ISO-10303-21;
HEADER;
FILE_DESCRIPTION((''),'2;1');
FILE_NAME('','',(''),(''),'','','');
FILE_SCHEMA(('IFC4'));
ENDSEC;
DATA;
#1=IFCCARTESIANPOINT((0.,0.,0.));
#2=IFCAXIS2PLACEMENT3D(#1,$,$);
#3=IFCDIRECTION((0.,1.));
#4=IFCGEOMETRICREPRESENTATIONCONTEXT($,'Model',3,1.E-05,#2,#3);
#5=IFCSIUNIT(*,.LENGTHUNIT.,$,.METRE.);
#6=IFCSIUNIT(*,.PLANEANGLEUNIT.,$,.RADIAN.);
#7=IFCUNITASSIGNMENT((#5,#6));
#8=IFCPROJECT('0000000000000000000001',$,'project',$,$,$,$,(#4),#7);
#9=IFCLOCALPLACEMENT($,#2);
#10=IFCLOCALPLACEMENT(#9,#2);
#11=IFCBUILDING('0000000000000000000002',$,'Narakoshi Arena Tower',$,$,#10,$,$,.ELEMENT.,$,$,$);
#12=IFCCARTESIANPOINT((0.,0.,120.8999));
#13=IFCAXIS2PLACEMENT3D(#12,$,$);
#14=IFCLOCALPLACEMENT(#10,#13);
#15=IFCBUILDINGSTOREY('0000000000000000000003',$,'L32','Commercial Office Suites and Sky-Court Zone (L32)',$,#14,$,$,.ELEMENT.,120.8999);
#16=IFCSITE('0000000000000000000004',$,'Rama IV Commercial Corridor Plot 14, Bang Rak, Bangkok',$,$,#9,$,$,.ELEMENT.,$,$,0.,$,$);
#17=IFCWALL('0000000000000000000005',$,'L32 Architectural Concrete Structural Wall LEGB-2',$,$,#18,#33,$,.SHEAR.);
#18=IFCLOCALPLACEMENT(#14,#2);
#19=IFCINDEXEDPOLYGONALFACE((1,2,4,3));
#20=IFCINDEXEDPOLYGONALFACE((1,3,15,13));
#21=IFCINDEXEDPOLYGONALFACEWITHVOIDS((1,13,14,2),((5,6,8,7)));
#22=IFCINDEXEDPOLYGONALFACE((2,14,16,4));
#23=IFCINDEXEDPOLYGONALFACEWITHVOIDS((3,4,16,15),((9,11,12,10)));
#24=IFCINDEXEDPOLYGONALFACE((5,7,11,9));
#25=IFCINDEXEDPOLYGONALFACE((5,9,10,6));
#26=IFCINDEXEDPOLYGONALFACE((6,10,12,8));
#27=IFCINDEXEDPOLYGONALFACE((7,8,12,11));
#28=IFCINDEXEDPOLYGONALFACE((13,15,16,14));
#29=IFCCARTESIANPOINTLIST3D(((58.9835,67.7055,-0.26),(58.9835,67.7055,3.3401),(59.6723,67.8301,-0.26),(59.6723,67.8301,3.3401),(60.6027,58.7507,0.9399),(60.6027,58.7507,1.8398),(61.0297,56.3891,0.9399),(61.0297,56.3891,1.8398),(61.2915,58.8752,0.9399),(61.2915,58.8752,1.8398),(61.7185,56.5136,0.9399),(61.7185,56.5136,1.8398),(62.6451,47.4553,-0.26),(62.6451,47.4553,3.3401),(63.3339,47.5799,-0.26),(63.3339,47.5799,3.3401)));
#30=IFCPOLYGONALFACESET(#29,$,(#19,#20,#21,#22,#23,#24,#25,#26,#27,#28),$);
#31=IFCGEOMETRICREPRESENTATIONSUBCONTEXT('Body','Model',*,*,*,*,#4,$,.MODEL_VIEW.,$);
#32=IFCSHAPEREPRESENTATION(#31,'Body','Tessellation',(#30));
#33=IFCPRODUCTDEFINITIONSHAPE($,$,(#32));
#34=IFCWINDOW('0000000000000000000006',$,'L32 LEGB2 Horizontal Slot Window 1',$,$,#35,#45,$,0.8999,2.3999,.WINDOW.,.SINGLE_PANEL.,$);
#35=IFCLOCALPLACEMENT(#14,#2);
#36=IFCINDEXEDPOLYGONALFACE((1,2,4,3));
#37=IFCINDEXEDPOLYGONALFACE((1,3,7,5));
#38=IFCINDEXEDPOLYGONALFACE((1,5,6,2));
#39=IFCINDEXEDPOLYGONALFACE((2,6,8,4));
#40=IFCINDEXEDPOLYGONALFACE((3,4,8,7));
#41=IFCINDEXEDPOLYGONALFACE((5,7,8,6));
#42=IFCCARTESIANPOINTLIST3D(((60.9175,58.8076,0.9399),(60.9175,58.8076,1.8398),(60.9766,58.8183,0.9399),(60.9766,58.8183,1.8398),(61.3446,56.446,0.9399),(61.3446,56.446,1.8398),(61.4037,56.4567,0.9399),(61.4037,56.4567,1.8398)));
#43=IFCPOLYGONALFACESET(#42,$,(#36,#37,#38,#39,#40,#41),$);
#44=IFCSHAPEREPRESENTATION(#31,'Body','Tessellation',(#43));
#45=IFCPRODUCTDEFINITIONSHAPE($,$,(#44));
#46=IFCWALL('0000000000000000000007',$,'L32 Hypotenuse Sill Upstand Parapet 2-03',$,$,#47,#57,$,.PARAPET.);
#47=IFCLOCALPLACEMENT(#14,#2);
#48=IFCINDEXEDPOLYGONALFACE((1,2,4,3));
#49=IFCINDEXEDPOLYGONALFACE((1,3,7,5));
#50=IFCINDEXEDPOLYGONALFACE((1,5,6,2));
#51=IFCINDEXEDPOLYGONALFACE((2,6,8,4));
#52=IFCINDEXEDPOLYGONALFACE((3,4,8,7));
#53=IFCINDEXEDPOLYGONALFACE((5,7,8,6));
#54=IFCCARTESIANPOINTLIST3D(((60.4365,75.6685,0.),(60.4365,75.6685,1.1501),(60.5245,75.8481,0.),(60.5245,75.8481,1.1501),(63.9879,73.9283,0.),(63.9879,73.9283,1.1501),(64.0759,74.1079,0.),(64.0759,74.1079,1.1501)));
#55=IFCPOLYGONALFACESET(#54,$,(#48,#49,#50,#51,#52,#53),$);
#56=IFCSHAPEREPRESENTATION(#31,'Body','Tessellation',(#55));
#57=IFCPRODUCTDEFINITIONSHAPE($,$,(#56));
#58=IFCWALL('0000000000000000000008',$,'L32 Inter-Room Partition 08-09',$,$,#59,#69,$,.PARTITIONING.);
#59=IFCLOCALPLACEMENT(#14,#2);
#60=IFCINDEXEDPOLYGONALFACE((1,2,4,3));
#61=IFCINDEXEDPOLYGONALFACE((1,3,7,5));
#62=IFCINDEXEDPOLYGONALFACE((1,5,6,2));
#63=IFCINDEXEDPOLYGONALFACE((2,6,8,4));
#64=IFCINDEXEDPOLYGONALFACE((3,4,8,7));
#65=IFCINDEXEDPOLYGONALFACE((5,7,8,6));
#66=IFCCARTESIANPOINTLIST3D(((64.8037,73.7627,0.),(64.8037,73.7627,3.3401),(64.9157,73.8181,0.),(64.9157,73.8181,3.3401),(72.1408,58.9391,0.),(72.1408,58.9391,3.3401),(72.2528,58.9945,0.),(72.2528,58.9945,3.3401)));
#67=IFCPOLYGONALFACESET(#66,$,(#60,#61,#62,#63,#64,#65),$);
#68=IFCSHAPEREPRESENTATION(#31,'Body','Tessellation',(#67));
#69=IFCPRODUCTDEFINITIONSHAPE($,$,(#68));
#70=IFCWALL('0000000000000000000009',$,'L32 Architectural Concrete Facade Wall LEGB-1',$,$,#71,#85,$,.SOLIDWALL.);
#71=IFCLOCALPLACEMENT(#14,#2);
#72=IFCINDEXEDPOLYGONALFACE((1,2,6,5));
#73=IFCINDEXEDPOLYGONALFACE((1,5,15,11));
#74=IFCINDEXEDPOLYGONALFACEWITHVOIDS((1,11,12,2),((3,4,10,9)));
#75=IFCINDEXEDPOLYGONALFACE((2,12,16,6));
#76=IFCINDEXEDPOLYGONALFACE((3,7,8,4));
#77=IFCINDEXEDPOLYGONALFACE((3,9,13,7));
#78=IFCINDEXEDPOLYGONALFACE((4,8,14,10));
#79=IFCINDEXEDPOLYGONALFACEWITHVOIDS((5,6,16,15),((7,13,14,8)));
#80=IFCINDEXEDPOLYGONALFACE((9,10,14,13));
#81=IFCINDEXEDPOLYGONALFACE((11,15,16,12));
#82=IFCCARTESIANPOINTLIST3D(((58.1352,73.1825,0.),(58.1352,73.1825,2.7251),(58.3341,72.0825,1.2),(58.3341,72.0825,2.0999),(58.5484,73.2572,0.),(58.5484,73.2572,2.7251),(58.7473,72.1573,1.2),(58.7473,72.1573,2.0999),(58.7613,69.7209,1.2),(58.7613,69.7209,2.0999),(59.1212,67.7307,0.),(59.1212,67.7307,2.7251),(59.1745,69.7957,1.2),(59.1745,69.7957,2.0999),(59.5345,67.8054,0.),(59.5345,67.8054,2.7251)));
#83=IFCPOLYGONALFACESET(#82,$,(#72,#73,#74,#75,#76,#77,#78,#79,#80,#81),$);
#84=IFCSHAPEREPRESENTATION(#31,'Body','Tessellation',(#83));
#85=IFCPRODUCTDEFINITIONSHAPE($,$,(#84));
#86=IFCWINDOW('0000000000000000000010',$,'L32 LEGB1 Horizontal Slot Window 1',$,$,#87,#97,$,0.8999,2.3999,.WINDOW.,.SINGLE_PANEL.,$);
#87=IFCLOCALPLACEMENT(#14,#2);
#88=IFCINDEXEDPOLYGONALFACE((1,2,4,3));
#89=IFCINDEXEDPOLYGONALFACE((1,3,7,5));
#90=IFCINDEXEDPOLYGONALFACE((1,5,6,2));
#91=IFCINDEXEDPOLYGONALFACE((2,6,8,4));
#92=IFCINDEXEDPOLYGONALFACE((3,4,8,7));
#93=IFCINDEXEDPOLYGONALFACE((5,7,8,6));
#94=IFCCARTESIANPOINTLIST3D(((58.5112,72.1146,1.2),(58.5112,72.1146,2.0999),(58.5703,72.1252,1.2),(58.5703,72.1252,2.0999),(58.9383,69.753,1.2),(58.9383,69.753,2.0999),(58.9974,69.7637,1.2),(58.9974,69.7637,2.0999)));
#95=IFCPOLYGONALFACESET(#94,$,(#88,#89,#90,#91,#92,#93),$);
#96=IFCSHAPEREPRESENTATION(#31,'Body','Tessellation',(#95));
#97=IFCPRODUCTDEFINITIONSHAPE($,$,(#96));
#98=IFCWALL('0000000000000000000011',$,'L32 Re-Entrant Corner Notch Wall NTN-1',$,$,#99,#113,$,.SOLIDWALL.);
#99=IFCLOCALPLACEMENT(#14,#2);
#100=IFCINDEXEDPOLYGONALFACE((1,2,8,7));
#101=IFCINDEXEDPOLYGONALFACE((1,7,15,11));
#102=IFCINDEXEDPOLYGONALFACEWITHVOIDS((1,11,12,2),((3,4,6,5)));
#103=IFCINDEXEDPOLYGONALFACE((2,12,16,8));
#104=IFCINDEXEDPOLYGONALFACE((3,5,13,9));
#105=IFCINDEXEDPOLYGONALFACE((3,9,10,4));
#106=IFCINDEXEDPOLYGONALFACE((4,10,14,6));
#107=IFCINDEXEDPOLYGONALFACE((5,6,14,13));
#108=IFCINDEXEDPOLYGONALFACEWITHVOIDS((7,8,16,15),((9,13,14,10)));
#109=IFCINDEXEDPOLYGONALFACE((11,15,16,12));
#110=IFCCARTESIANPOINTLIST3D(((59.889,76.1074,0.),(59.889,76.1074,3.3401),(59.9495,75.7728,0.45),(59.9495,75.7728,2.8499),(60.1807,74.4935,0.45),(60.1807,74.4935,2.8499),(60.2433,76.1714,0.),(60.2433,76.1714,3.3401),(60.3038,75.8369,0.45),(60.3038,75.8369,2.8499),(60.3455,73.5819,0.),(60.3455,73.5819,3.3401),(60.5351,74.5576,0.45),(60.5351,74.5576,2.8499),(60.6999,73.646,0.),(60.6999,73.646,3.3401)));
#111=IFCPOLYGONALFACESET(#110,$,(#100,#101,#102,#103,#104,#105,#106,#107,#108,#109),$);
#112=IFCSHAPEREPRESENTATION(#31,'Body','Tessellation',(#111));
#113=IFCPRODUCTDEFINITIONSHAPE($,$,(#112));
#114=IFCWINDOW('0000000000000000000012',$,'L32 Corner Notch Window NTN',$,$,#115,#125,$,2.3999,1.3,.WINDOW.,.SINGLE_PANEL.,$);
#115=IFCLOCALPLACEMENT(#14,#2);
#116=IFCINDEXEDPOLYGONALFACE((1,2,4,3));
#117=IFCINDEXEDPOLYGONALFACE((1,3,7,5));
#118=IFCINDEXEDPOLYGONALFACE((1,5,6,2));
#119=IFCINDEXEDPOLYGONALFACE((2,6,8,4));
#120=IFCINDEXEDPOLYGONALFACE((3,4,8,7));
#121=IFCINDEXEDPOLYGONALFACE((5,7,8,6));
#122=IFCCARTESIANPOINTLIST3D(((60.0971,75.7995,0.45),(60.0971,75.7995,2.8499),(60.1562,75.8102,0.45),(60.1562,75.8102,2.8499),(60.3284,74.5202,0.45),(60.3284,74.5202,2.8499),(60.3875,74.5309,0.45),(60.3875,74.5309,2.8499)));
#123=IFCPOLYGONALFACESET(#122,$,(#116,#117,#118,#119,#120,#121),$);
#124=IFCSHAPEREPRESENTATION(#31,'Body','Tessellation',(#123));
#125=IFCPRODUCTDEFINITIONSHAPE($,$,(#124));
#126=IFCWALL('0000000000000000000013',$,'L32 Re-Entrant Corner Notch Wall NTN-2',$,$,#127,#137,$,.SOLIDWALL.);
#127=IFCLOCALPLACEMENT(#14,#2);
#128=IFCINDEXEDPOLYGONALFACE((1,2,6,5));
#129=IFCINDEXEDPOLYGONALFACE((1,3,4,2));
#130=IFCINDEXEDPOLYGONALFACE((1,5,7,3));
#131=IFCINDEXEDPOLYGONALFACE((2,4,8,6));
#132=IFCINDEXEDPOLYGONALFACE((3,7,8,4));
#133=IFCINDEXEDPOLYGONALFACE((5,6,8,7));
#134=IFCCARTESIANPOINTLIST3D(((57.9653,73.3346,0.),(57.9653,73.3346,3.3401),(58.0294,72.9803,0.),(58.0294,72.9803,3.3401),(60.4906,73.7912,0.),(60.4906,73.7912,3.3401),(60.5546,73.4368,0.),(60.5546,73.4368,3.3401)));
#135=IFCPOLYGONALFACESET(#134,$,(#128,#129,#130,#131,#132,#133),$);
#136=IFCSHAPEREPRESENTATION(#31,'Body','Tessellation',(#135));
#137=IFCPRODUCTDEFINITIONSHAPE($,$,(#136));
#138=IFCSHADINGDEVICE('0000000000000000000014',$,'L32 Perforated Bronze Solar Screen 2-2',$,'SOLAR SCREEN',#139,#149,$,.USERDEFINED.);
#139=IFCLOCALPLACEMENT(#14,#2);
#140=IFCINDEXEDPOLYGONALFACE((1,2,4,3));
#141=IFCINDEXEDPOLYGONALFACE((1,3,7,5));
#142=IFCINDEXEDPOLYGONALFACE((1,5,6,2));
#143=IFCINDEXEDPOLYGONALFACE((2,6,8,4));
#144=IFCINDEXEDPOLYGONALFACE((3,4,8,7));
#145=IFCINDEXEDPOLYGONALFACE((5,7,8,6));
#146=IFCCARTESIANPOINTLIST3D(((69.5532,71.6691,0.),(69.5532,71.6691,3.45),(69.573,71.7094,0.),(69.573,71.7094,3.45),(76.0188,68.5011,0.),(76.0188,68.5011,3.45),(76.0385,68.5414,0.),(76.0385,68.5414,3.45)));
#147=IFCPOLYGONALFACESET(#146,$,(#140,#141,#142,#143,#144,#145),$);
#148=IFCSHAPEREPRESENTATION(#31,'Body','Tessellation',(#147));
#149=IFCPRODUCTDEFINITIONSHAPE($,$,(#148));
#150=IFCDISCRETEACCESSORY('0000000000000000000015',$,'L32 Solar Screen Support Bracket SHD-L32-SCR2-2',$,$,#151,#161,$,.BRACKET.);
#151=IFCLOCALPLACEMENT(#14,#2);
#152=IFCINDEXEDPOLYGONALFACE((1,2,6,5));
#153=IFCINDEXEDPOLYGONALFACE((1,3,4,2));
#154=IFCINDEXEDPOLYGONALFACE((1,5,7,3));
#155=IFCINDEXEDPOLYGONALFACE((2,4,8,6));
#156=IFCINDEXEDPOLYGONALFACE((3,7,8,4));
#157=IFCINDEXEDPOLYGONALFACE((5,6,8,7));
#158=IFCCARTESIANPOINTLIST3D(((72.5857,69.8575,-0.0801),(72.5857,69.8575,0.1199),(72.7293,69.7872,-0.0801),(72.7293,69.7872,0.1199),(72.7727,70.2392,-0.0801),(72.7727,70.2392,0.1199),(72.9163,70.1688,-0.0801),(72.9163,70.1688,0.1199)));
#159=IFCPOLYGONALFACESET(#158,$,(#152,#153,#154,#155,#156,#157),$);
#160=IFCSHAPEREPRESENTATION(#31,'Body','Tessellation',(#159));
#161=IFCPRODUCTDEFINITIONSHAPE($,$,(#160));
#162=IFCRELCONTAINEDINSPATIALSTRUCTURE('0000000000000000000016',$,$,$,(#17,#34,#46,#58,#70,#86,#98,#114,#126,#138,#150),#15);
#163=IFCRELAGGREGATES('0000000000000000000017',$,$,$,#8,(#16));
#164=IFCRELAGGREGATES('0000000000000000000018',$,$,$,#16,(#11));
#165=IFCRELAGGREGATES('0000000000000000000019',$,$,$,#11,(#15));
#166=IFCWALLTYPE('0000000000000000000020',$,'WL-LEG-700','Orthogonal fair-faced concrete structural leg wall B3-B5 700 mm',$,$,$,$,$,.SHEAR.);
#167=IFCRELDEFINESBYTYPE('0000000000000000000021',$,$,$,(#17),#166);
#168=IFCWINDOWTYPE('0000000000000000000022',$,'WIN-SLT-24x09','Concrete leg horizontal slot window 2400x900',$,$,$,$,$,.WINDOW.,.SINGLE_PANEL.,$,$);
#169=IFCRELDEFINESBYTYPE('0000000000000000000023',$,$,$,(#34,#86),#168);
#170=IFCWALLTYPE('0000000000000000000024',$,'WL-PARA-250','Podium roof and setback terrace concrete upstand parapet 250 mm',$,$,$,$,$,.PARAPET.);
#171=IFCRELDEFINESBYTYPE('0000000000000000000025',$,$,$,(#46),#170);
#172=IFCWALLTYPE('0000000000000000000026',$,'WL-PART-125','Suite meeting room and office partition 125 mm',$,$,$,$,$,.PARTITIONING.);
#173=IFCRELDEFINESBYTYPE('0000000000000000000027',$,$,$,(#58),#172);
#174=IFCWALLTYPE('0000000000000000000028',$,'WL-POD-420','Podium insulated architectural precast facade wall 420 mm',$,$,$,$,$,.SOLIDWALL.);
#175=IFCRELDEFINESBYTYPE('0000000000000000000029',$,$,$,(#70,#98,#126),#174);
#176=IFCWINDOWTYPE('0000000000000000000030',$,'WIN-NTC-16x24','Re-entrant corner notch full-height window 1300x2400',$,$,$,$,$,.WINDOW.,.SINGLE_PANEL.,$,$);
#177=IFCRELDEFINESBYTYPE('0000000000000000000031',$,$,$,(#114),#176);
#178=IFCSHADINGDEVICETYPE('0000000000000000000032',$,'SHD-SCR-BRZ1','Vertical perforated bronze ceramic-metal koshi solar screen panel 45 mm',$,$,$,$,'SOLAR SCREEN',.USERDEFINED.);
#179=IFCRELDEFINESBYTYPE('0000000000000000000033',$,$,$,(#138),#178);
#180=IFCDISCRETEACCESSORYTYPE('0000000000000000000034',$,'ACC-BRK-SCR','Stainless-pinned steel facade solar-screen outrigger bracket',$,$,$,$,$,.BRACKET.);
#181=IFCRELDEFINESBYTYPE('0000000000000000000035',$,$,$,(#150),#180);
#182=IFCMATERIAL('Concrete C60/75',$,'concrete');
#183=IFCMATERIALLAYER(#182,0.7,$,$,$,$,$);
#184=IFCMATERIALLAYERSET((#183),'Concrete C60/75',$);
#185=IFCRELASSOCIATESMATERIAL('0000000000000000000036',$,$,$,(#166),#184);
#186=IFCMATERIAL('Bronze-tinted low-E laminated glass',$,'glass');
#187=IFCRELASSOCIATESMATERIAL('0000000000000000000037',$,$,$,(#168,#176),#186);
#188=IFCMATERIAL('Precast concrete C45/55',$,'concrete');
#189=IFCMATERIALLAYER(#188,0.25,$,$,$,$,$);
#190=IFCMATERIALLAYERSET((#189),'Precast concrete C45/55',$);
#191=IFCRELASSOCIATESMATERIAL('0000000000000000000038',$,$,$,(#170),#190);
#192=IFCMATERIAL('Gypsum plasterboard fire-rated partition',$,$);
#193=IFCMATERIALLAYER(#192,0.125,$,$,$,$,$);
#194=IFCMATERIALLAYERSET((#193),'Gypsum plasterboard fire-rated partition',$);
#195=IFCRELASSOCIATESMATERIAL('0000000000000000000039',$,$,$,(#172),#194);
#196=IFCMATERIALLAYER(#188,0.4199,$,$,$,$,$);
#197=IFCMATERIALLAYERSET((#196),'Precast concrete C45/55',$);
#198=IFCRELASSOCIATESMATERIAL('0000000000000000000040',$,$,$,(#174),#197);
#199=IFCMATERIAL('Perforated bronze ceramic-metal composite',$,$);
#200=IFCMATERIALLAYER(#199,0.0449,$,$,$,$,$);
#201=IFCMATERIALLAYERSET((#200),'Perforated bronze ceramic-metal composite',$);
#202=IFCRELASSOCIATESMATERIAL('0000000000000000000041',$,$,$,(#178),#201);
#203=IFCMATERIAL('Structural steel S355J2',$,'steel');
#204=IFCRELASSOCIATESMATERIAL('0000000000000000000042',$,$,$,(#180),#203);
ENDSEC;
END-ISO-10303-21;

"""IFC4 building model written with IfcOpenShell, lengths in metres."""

from ifc_helpers import new_model, si_unit, direction, frame, frame_2d, origin, origin_2d, place, context, subcontext, project, spatial, rectangle, extrude, material, layer, layer_set, type_object, element, fill, save


model = new_model("IFC4")

# Units and contexts
model_context = context("Model", 3, precision=1e-05, world=origin(), true_north=direction((0.0, 1.0)))
body_context = subcontext(model_context, "Body", "Model", "MODEL_VIEW")
ifc_project = project(units=[si_unit("LENGTHUNIT", "METRE"), si_unit("PLANEANGLEUNIT", "RADIAN")], contexts=[model_context])

# Site, building, storey
site_placement = place(None, origin())
site = spatial("IfcSite", under=ifc_project, at=site_placement, Name="Rama IV Commercial Corridor Plot 14, Bang Rak, Bangkok", CompositionType="ELEMENT", RefElevation=0.0)
building_placement = place(site_placement, origin())
building = spatial("IfcBuilding", under=site, at=building_placement, Name="Narakoshi Arena Tower", CompositionType="ELEMENT")
storey_placement = place(building_placement, frame((0.0, 0.0, 120.8999)))
storey = spatial("IfcBuildingStorey", under=building, at=storey_placement, Name="L32", Description="Commercial Office Suites and Sky-Court Zone (L32)", CompositionType="ELEMENT", Elevation=120.8999)

# Shared definitions
ifc_material_1 = material(Name="Concrete C60/75", Category="concrete")

# Shared definitions
ifc_material_2 = material(Name="Structural steel S355J2", Category="steel")

# Shared definitions
ifc_material_3 = material(Name="Bronze-tinted low-E laminated glass", Category="glass")

# Shared definitions
ifc_material_4 = material(Name="Gypsum plasterboard fire-rated partition")

# Wall, opening, window
ifc_layer_1 = layer(ifc_material_1, 0.7)
ifc_layer_set_1 = layer_set([ifc_layer_1], Name="Concrete C60/75")
wall_type_1 = type_object("IfcWallType", Name="WL-LEG-700", Description="Orthogonal fair-faced concrete structural leg wall B3-B5 700 mm", PredefinedType="SHEAR", material=ifc_layer_set_1)
wall_1_placement = place(storey_placement, frame((59.3279, 67.7678, -0.26), z_axis=(0.0, 0.0, 1.0), x_axis=(0.177933, -0.984043, 0.0)))
wall_1 = element("IfcWall", 1, at=wall_1_placement, inside=storey, type_object=wall_type_1, Name="L32 Architectural Concrete Structural Wall LEGB-2", PredefinedType="SHEAR", context=body_context, shape_type="SweptSolid", body=[
    extrude(rectangle(XDim=20.5786, YDim=0.7, at=frame_2d((10.2893, 0.0))), origin(), (0.0, 0.0, 1.0), 3.6001),
])
opening_1_placement = place(wall_1_placement, frame((9.1001, 0.0, 1.2)))
opening_1 = element("IfcOpeningElement", 2, at=opening_1_placement, cuts=wall_1, PredefinedType="OPENING", context=body_context, shape_type="SweptSolid", body=[
    extrude(rectangle(XDim=2.3999, YDim=0.8999, at=frame_2d((1.2, 0.45))), frame((0.0, 0.3599, 0.0), z_axis=(0.0, -1.0, 0.0), x_axis=(1.0, 0.0, 0.0)), (0.0, 0.0, 1.0), 0.72),
])
window_type_1 = type_object("IfcWindowType", Name="WIN-SLT-24x09", Description="Concrete leg horizontal slot window 2400x900", PartitioningType="SINGLE_PANEL", PredefinedType="WINDOW", material=ifc_material_3)
window_1_placement = place(opening_1_placement, origin())
window_1 = element("IfcWindow", 3, at=window_1_placement, inside=storey, type_object=window_type_1, Name="L32 LEGB2 Horizontal Slot Window 1", OverallHeight=0.8999, OverallWidth=2.3999, PartitioningType="SINGLE_PANEL", PredefinedType="WINDOW", context=body_context, shape_type="SweptSolid", body=[
    extrude(rectangle(XDim=2.3999, YDim=0.8999, at=frame_2d((1.2, 0.45))), frame((0.0, 0.03, 0.0), z_axis=(0.0, -1.0, 0.0), x_axis=(1.0, 0.0, 0.0)), (0.0, 0.0, 1.0), 0.0601),
])
fill(opening_1, window_1)

# Walls
ifc_material_5 = material(Name="Precast concrete C45/55", Category="concrete")
ifc_layer_2 = layer(ifc_material_5, 0.25)
ifc_layer_set_2 = layer_set([ifc_layer_2], Name="Precast concrete C45/55")
wall_type_2 = type_object("IfcWallType", Name="WL-PARA-250", Description="Podium roof and setback terrace concrete upstand parapet 250 mm", PredefinedType="PARAPET", material=ifc_layer_set_2)
wall_2_placement = place(storey_placement, frame((64.032, 74.0181, 0.0), z_axis=(0.0, 0.0, 1.0), x_axis=(-0.897991, 0.440014, 0.0)))
element("IfcWall", 4, at=wall_2_placement, inside=storey, type_object=wall_type_2, Name="L32 Hypotenuse Sill Upstand Parapet 2-03", PredefinedType="PARAPET", context=body_context, shape_type="SweptSolid", body=[
    extrude(rectangle(XDim=3.9548, YDim=0.2, at=frame_2d((1.9775, 0.0))), origin(), (0.0, 0.0, 1.0), 1.1501),
])
ifc_layer_3 = layer(ifc_material_4, 0.125)
ifc_layer_set_3 = layer_set([ifc_layer_3], Name="Gypsum plasterboard fire-rated partition")
wall_type_3 = type_object("IfcWallType", Name="WL-PART-125", Description="Suite meeting room and office partition 125 mm", PredefinedType="PARTITIONING", material=ifc_layer_set_3)
wall_3_placement = place(storey_placement, frame((72.1968, 58.9668, 0.0), z_axis=(0.0, 0.0, 1.0), x_axis=(-0.443597, 0.896227, 0.0)))
element("IfcWall", 5, at=wall_3_placement, inside=storey, type_object=wall_type_3, Name="L32 Inter-Room Partition 08-09", PredefinedType="PARTITIONING", context=body_context, shape_type="SweptSolid", body=[
    extrude(rectangle(XDim=16.54, YDim=0.125, at=frame_2d((8.27, 0.0))), origin(), (0.0, 0.0, 1.0), 3.3401),
])

# Walls, openings, windows
ifc_layer_4 = layer(ifc_material_5, 0.4199)
ifc_layer_set_4 = layer_set([ifc_layer_4], Name="Precast concrete C45/55")
wall_type_4 = type_object("IfcWallType", Name="WL-POD-420", Description="Podium insulated architectural precast facade wall 420 mm", PredefinedType="SOLIDWALL", material=ifc_layer_set_4)
wall_4_placement = place(storey_placement, frame((58.3418, 73.2197, 0.0), z_axis=(0.0, 0.0, 1.0), x_axis=(0.177982, -0.984034, 0.0)))
wall_4 = element("IfcWall", 6, at=wall_4_placement, inside=storey, type_object=wall_type_4, Name="L32 Architectural Concrete Facade Wall LEGB-1", PredefinedType="SOLIDWALL", context=body_context, shape_type="SweptSolid", body=[
    extrude(rectangle(XDim=5.5403, YDim=0.4199, at=frame_2d((2.77, 0.0))), origin(), (0.0, 0.0, 1.0), 2.7251),
])
opening_2_placement = place(wall_4_placement, frame((1.1177, 0.0, 1.2)))
opening_2 = element("IfcOpeningElement", 7, at=opening_2_placement, cuts=wall_4, PredefinedType="OPENING", context=body_context, shape_type="SweptSolid", body=[
    extrude(rectangle(XDim=2.3999, YDim=0.8999, at=frame_2d((1.2, 0.45))), frame((0.0, 0.22, 0.0), z_axis=(0.0, -1.0, 0.0), x_axis=(1.0, 0.0, 0.0)), (0.0, 0.0, 1.0), 0.4399),
])
window_2_placement = place(opening_2_placement, origin())
window_2 = element("IfcWindow", 8, at=window_2_placement, inside=storey, type_object=window_type_1, Name="L32 LEGB1 Horizontal Slot Window 1", OverallHeight=0.8999, OverallWidth=2.3999, PartitioningType="SINGLE_PANEL", PredefinedType="WINDOW", context=body_context, shape_type="SweptSolid", body=[
    extrude(rectangle(XDim=2.3999, YDim=0.8999, at=frame_2d((1.2, 0.45))), frame((0.0, 0.03, 0.0), z_axis=(0.0, -1.0, 0.0), x_axis=(1.0, 0.0, 0.0)), (0.0, 0.0, 1.0), 0.0601),
])
fill(opening_2, window_2)
wall_5_placement = place(storey_placement, frame((60.0662, 76.1394, 0.0), z_axis=(0.0, 0.0, 1.0), x_axis=(0.177897, -0.984049, 0.0)))
wall_5 = element("IfcWall", 9, at=wall_5_placement, inside=storey, type_object=wall_type_4, Name="L32 Re-Entrant Corner Notch Wall NTN-1", PredefinedType="SOLIDWALL", context=body_context, shape_type="SweptSolid", body=[
    extrude(rectangle(XDim=2.5664, YDim=0.3601, at=frame_2d((1.2832, 0.0))), origin(), (0.0, 0.0, 1.0), 3.3401),
])
opening_3_placement = place(wall_5_placement, frame((0.3401, 0.0, 0.45)))
opening_3 = element("IfcOpeningElement", 10, at=opening_3_placement, cuts=wall_5, PredefinedType="OPENING", context=body_context, shape_type="SweptSolid", body=[
    extrude(rectangle(XDim=1.3, YDim=2.3999, at=frame_2d((0.6499, 1.2))), frame((0.0, 0.1899, 0.0), z_axis=(0.0, -1.0, 0.0), x_axis=(1.0, 0.0, 0.0)), (0.0, 0.0, 1.0), 0.3801),
])
window_type_2 = type_object("IfcWindowType", Name="WIN-NTC-16x24", Description="Re-entrant corner notch full-height window 1300x2400", PartitioningType="SINGLE_PANEL", PredefinedType="WINDOW", material=ifc_material_3)
window_3_placement = place(opening_3_placement, origin())
window_3 = element("IfcWindow", 11, at=window_3_placement, inside=storey, type_object=window_type_2, Name="L32 Corner Notch Window NTN", OverallHeight=2.3999, OverallWidth=1.3, PartitioningType="SINGLE_PANEL", PredefinedType="WINDOW", context=body_context, shape_type="SweptSolid", body=[
    extrude(rectangle(XDim=1.3, YDim=2.3999, at=frame_2d((0.6499, 1.2))), frame((0.0, 0.03, 0.0), z_axis=(0.0, -1.0, 0.0), x_axis=(1.0, 0.0, 0.0)), (0.0, 0.0, 1.0), 0.0601),
])
fill(opening_3, window_3)

# Wall
wall_6_placement = place(storey_placement, frame((60.5227, 73.614, 0.0), z_axis=(0.0, 0.0, 1.0), x_axis=(-0.984046, -0.177914, 0.0)))
element("IfcWall", 12, at=wall_6_placement, inside=storey, type_object=wall_type_4, Name="L32 Re-Entrant Corner Notch Wall NTN-2", PredefinedType="SOLIDWALL", context=body_context, shape_type="SweptSolid", body=[
    extrude(rectangle(XDim=2.5662, YDim=0.3601, at=frame_2d((1.2832, 0.0))), origin(), (0.0, 0.0, 1.0), 3.3401),
])

# Shading device
ifc_material_6 = material(Name="Perforated bronze ceramic-metal composite")
ifc_layer_5 = layer(ifc_material_6, 0.0449)
ifc_layer_set_5 = layer_set([ifc_layer_5], Name="Perforated bronze ceramic-metal composite")
shading_device_type = type_object("IfcShadingDeviceType", Name="SHD-SCR-BRZ1", Description="Vertical perforated bronze ceramic-metal koshi solar screen panel 45 mm", ElementType="SOLAR SCREEN", PredefinedType="USERDEFINED", material=ifc_layer_set_5)
shading_device_placement = place(storey_placement, frame((72.7959, 70.1052, 0.0), z_axis=(0.0, 0.0, 1.0), x_axis=(-0.897997, 0.440002, 0.0)))
element("IfcShadingDevice", 13, at=shading_device_placement, inside=storey, type_object=shading_device_type, Name="L32 Perforated Bronze Solar Screen 2-2", ObjectType="SOLAR SCREEN", PredefinedType="USERDEFINED", context=body_context, shape_type="SweptSolid", body=[
    extrude(rectangle(XDim=7.2, YDim=0.0449, at=origin_2d()), origin(), (0.0, 0.0, 1.0), 3.45),
])

# Discrete accessory
discrete_accessory_type = type_object("IfcDiscreteAccessoryType", Name="ACC-BRK-SCR", Description="Stainless-pinned steel facade solar-screen outrigger bracket", PredefinedType="BRACKET", material=ifc_material_2)
discrete_accessory_placement = place(storey_placement, frame((72.751, 70.0132, -0.0801), z_axis=(0.0, 0.0, 1.0), x_axis=(-0.897997, 0.440002, 0.0)))
element("IfcDiscreteAccessory", 14, at=discrete_accessory_placement, inside=storey, type_object=discrete_accessory_type, Name="L32 Solar Screen Support Bracket SHD-L32-SCR2-2", PredefinedType="BRACKET", context=body_context, shape_type="SweptSolid", body=[
    extrude(rectangle(XDim=0.1599, YDim=0.425, at=origin_2d()), origin(), (0.0, 0.0, 1.0), 0.2),
])

save(model, "model.ifc")
